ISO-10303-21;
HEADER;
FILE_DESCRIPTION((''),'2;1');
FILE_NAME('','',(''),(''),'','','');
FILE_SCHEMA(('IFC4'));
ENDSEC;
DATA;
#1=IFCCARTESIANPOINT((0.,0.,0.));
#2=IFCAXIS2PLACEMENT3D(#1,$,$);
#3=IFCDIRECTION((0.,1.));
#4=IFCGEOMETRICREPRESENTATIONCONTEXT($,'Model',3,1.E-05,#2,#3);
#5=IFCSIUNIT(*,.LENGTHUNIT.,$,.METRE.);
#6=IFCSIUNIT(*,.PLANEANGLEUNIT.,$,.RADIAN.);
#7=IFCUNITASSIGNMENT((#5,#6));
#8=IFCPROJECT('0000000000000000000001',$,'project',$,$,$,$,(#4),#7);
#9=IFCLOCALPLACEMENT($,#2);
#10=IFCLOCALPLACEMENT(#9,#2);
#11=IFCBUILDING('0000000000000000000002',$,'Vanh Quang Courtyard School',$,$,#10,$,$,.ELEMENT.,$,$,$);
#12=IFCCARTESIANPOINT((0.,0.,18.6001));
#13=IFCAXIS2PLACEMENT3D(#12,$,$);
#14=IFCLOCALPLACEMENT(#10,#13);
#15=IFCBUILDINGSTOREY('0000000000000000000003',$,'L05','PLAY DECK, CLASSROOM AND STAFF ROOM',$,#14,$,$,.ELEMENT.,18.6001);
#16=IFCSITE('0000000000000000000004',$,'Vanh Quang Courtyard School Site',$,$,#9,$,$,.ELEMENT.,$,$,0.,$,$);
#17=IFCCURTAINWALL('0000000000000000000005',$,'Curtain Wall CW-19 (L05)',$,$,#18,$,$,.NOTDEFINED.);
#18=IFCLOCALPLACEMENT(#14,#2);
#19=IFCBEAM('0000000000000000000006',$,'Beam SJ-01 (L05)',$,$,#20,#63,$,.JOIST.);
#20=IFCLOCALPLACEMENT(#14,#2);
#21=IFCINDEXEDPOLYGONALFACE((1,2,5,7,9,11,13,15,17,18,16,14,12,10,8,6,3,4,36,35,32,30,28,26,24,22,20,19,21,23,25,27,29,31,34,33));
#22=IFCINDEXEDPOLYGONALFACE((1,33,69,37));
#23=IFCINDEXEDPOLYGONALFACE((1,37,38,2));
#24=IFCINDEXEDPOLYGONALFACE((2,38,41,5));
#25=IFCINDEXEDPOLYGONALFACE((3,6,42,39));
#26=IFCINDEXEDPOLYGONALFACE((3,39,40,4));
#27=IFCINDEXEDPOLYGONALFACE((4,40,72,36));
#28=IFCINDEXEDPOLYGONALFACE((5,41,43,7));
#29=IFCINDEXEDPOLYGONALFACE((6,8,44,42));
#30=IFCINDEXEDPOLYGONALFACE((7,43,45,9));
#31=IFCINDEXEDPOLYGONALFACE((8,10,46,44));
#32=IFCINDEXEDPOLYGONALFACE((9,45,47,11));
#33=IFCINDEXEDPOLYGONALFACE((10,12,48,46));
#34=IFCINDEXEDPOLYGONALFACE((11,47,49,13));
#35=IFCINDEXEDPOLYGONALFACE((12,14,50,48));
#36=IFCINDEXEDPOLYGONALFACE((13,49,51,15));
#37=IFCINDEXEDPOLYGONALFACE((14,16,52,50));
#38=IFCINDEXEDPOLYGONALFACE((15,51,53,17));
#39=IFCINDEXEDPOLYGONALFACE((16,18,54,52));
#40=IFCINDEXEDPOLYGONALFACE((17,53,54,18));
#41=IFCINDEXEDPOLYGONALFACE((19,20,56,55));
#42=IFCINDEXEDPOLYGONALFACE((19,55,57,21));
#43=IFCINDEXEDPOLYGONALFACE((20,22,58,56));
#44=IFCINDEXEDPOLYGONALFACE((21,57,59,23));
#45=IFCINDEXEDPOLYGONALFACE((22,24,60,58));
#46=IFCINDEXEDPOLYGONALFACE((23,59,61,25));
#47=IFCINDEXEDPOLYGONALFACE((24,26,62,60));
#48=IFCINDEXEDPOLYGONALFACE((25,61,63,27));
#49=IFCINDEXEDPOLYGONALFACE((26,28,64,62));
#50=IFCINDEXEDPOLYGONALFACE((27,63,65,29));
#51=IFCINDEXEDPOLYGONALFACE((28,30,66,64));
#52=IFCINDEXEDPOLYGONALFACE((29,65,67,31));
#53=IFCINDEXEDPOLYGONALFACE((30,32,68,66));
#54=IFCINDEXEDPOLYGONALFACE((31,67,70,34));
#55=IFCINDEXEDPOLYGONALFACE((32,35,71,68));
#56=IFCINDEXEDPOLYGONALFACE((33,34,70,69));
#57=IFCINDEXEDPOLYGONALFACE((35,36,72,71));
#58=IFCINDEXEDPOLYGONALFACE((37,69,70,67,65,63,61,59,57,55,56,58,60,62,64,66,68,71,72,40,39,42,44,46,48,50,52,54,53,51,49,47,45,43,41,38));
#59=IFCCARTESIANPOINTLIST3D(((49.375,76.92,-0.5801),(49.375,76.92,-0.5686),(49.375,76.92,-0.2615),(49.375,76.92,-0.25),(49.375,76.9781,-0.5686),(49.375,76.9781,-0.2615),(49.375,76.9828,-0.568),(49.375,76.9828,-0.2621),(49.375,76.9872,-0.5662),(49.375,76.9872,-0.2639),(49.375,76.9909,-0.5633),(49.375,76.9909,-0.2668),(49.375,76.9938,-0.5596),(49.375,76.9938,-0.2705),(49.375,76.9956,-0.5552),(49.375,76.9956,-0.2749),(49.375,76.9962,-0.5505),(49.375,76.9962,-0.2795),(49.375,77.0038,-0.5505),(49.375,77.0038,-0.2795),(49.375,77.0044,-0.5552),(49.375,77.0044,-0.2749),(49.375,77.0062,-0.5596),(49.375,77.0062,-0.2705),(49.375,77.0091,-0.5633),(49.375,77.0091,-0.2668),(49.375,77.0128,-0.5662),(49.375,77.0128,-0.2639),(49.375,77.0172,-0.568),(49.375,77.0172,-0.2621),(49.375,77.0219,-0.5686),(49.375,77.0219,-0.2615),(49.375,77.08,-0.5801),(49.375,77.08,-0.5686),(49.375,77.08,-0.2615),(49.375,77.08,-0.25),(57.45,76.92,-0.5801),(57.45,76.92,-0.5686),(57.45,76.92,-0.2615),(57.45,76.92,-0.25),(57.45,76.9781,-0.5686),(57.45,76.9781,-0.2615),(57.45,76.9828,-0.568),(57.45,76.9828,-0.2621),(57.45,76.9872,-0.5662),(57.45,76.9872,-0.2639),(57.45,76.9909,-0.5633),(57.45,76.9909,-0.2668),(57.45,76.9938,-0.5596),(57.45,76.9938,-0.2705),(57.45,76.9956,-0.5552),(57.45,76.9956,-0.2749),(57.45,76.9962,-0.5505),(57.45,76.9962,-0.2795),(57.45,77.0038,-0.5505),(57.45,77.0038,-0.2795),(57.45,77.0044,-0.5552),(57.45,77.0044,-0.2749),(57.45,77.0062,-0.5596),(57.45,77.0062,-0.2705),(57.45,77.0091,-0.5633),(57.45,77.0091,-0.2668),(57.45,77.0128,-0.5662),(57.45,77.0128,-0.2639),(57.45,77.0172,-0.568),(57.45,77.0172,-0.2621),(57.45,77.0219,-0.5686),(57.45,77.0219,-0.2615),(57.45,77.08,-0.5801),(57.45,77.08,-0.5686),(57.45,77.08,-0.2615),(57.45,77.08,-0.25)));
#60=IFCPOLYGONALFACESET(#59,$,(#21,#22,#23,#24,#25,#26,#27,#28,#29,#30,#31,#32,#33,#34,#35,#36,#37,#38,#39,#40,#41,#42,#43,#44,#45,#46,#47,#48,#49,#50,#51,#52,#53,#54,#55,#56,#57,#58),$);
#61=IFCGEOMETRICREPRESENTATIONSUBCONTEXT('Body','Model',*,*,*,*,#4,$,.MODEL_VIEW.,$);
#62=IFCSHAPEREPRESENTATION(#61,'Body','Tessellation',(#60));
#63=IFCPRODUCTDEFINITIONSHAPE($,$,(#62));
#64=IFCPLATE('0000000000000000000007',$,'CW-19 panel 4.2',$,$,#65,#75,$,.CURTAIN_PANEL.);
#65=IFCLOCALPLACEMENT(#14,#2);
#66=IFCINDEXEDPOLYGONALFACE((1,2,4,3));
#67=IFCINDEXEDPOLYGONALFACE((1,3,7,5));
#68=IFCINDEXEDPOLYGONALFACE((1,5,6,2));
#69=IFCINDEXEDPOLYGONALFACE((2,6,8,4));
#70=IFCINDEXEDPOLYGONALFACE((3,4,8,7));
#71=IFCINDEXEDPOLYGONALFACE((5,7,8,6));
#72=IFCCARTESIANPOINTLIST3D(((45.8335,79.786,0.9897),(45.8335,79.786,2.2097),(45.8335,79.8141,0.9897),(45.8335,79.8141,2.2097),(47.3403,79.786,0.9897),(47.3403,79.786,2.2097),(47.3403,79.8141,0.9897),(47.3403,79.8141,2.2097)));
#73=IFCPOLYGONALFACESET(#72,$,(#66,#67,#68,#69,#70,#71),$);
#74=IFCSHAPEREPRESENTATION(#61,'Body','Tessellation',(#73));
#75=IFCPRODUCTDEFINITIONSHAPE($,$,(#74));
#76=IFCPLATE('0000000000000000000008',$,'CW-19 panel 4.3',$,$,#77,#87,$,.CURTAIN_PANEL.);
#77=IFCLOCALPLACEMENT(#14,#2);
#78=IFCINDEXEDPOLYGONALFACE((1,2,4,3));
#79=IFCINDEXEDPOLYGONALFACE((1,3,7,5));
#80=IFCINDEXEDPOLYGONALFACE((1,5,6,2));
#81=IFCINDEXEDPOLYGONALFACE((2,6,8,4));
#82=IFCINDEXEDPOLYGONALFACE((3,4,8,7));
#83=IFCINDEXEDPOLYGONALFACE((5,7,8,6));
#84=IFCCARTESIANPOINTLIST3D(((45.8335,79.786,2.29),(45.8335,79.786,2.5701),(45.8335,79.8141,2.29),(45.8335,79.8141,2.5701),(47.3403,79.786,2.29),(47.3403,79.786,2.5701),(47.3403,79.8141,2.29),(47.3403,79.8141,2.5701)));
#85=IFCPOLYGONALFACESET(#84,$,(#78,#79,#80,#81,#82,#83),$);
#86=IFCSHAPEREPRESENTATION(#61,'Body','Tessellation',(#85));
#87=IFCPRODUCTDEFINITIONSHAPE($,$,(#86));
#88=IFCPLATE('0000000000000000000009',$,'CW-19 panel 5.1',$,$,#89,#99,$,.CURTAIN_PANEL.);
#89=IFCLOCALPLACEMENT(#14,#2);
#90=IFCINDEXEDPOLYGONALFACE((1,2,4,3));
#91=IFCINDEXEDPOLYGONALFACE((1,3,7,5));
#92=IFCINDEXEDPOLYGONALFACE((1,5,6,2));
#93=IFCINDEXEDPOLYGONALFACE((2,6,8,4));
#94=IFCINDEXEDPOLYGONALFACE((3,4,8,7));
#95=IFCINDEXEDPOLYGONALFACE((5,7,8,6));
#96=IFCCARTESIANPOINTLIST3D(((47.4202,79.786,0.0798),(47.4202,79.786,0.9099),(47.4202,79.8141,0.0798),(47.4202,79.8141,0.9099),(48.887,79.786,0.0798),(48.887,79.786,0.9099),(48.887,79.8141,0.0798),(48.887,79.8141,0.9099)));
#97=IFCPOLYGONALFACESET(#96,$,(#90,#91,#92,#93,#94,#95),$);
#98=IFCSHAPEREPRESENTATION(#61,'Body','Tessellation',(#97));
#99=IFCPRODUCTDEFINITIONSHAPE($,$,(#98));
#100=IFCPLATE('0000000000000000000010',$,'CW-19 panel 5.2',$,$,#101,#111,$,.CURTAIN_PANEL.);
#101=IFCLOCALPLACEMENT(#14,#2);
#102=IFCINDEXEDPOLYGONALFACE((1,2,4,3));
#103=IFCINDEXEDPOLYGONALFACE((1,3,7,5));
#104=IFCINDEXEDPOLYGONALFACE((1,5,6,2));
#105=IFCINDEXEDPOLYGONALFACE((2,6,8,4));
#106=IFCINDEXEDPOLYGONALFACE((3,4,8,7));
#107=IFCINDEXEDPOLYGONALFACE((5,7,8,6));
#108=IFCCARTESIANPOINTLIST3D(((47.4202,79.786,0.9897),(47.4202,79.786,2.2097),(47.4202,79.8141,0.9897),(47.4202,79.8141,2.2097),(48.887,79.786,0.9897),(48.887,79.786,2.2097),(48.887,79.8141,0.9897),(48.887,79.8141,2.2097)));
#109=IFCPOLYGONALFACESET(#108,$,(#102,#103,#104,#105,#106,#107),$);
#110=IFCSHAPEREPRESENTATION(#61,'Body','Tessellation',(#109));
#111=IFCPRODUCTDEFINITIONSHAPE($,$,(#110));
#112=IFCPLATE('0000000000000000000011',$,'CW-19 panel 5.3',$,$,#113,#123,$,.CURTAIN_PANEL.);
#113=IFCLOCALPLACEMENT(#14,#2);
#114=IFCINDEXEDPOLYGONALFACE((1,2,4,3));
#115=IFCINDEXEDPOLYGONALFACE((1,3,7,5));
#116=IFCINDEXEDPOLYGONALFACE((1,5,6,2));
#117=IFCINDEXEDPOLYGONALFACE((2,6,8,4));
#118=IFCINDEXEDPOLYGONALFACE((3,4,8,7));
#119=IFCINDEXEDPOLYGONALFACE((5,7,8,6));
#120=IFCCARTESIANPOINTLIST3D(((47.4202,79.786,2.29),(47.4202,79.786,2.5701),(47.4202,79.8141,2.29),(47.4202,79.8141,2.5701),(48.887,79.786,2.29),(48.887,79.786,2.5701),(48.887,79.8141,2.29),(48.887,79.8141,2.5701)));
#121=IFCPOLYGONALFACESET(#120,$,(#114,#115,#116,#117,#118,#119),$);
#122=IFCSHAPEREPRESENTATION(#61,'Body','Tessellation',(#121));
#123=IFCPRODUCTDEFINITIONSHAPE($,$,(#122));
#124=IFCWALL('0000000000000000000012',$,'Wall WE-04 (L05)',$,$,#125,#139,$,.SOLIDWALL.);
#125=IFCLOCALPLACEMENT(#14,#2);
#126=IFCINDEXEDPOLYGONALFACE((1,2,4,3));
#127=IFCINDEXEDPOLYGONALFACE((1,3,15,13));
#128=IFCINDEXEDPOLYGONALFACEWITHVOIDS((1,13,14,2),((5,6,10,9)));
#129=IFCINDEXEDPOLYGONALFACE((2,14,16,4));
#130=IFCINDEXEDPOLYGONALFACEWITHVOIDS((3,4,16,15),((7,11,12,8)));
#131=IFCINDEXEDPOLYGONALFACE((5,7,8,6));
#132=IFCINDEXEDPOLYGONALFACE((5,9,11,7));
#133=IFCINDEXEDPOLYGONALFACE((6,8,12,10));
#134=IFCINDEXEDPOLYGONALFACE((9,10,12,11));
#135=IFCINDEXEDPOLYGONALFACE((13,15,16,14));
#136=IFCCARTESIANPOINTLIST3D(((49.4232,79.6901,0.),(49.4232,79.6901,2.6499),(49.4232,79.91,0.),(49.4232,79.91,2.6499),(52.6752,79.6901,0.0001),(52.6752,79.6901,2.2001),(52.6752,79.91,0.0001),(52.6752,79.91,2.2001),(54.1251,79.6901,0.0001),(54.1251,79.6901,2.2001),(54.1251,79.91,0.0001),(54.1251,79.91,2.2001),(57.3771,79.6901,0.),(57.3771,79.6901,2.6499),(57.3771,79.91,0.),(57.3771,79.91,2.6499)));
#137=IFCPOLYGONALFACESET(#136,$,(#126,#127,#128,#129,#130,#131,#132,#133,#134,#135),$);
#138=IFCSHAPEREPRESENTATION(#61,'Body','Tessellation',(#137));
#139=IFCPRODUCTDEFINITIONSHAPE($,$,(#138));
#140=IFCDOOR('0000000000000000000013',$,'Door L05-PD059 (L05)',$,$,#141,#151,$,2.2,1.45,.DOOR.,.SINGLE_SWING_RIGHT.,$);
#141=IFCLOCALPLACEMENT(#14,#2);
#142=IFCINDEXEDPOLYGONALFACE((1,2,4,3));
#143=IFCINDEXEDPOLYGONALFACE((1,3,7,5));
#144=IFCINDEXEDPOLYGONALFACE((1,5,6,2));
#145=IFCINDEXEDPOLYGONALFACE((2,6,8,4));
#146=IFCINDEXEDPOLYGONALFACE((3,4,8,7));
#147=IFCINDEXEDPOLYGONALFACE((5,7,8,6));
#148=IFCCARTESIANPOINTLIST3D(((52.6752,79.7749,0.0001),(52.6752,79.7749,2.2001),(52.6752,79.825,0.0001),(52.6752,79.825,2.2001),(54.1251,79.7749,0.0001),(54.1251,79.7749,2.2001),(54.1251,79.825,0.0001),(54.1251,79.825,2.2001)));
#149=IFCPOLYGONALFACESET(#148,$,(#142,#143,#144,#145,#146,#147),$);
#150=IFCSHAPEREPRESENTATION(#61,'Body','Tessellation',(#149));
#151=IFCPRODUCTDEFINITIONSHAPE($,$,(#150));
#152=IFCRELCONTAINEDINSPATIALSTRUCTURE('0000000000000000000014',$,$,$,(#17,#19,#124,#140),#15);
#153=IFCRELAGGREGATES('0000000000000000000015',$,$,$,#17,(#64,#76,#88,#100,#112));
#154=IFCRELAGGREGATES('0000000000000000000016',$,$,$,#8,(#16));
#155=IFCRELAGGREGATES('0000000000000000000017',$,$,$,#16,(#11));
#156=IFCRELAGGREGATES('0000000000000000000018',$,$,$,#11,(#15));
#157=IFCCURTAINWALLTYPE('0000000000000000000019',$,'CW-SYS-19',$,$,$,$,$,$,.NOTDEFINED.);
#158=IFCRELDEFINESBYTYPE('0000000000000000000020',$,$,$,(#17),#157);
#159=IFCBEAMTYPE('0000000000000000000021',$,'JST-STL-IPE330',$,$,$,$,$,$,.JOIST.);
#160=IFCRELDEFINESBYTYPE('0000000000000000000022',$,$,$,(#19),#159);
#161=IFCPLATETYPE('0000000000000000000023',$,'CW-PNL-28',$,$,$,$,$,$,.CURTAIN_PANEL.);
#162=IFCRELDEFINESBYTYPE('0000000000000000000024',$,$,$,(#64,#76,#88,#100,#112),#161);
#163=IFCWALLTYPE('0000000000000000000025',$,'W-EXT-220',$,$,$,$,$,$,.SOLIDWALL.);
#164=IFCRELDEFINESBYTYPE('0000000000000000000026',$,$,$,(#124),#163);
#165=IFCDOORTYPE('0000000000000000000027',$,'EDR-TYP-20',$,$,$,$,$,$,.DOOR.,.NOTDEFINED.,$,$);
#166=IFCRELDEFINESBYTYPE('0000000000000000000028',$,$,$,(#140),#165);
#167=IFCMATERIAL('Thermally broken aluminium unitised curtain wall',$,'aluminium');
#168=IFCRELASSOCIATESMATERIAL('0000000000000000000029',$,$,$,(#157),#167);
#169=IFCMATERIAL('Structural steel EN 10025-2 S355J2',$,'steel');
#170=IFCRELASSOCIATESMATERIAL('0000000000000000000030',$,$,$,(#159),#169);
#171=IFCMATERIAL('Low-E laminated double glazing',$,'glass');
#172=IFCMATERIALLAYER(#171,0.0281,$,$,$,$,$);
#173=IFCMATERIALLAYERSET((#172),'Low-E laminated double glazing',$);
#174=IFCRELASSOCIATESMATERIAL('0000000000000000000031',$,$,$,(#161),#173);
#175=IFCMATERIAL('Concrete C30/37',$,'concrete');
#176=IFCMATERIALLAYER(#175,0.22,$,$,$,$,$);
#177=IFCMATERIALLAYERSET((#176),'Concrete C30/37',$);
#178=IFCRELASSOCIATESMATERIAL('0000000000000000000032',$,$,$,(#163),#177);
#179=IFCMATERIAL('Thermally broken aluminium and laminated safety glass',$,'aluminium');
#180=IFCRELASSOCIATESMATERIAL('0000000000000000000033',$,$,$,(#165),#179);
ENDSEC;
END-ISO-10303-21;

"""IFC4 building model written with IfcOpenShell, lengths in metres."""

from ifc_helpers import new_model, si_unit, direction, frame, frame_2d, origin, origin_2d, place, context, subcontext, project, spatial, rectangle, i_section, extrude, material, layer, layer_set, material_profile, profile_set, type_object, element, fill, aggregate, save


model = new_model("IFC4")

# Units and contexts
model_context = context("Model", 3, precision=1e-05, world=origin(), true_north=direction((0.0, 1.0)))
body_context = subcontext(model_context, "Body", "Model", "MODEL_VIEW")
ifc_project = project(units=[si_unit("LENGTHUNIT", "METRE"), si_unit("PLANEANGLEUNIT", "RADIAN")], contexts=[model_context])

# Site, building, storey
site_placement = place(None, origin())
site = spatial("IfcSite", under=ifc_project, at=site_placement, Name="Vanh Quang Courtyard School Site", CompositionType="ELEMENT", RefElevation=0.0)
building_placement = place(site_placement, origin())
building = spatial("IfcBuilding", under=site, at=building_placement, Name="Vanh Quang Courtyard School", CompositionType="ELEMENT")
storey_placement = place(building_placement, frame((0.0, 0.0, 18.6001)))
storey = spatial("IfcBuildingStorey", under=building, at=storey_placement, Name="L05", Description="PLAY DECK, CLASSROOM AND STAFF ROOM", CompositionType="ELEMENT", Elevation=18.6001)

# Shared definitions
ifc_material_1 = material(Name="Thermally broken aluminium unitised curtain wall", Category="aluminium")
curtain_wall_type = type_object("IfcCurtainWallType", Name="CW-SYS-19", PredefinedType="NOTDEFINED", material=ifc_material_1)

# Curtain wall
curtain_wall_1_placement = place(storey_placement, origin())
curtain_wall_1 = element("IfcCurtainWall", 1, at=curtain_wall_1_placement, inside=storey, type_object=curtain_wall_type, Name="Curtain Wall CW-19 (L05)", PredefinedType="NOTDEFINED")

# Beam
ifc_material_2 = material(Name="Structural steel EN 10025-2 S355J2", Category="steel")
ifc_material_profile_1 = material_profile(ifc_material_2, i_section(OverallWidth=0.1599, OverallDepth=0.3301, WebThickness=0.0076, FlangeThickness=0.0115, FilletRadius=0.0181, at=origin_2d()), Name="IPE 330")
ifc_profile_set_1 = profile_set([ifc_material_profile_1], Name="Structural steel EN 10025-2 S355J2")
beam_type_1 = type_object("IfcBeamType", Name="JST-STL-IPE330", PredefinedType="JOIST", material=ifc_profile_set_1)
for number, where, z_axis, x_axis, name in (
    (2, (49.375, 77.0, -0.415), (1.0, 0.0, 0.0), (0.0, 1.0, 0.0), "Beam SJ-01 (L05)"),
):
    element("IfcBeam", number, at=place(storey_placement, frame(where, z_axis=z_axis, x_axis=x_axis)), inside=storey, type_object=beam_type_1, Name=name, PredefinedType="JOIST", context=body_context, shape_type="SweptSolid", body=[
        extrude(i_section(OverallWidth=0.1599, OverallDepth=0.3301, WebThickness=0.0076, FlangeThickness=0.0115, FilletRadius=0.0181, at=origin_2d()), origin(), (0.0, 0.0, 1.0), 8.075),
    ])

# Plates
ifc_material_3 = material(Name="Low-E laminated double glazing", Category="glass")
ifc_layer_1 = layer(ifc_material_3, 0.0281)
ifc_layer_set_1 = layer_set([ifc_layer_1], Name="Low-E laminated double glazing")
plate_type = type_object("IfcPlateType", Name="CW-PNL-28", PredefinedType="CURTAIN_PANEL", material=ifc_layer_set_1)
plate_1_placement = place(storey_placement, frame((46.5869, 79.8, 0.9897), z_axis=(0.0, 0.0, 1.0), x_axis=(1.0, 0.0, 0.0)))
plate_1 = element("IfcPlate", 3, at=plate_1_placement, type_object=plate_type, Name="CW-19 panel 4.2", PredefinedType="CURTAIN_PANEL", context=body_context, shape_type="SweptSolid", body=[
    extrude(rectangle(XDim=1.5068, YDim=0.0281, at=origin_2d()), origin(), (0.0, 0.0, 1.0), 1.22),
])
plate_2_placement = place(storey_placement, frame((46.5869, 79.8, 2.29), z_axis=(0.0, 0.0, 1.0), x_axis=(1.0, 0.0, 0.0)))
plate_2 = element("IfcPlate", 4, at=plate_2_placement, type_object=plate_type, Name="CW-19 panel 4.3", PredefinedType="CURTAIN_PANEL", context=body_context, shape_type="SweptSolid", body=[
    extrude(rectangle(XDim=1.5068, YDim=0.0281, at=origin_2d()), origin(), (0.0, 0.0, 1.0), 0.28),
])
plate_3_placement = place(storey_placement, frame((48.1536, 79.8, 0.0798), z_axis=(0.0, 0.0, 1.0), x_axis=(1.0, 0.0, 0.0)))
plate_3 = element("IfcPlate", 5, at=plate_3_placement, type_object=plate_type, Name="CW-19 panel 5.1", PredefinedType="CURTAIN_PANEL", context=body_context, shape_type="SweptSolid", body=[
    extrude(rectangle(XDim=1.4668, YDim=0.0281, at=origin_2d()), origin(), (0.0, 0.0, 1.0), 0.8301),
])
plate_4_placement = place(storey_placement, frame((48.1536, 79.8, 0.9897), z_axis=(0.0, 0.0, 1.0), x_axis=(1.0, 0.0, 0.0)))
plate_4 = element("IfcPlate", 6, at=plate_4_placement, type_object=plate_type, Name="CW-19 panel 5.2", PredefinedType="CURTAIN_PANEL", context=body_context, shape_type="SweptSolid", body=[
    extrude(rectangle(XDim=1.4668, YDim=0.0281, at=origin_2d()), origin(), (0.0, 0.0, 1.0), 1.22),
])
plate_5_placement = place(storey_placement, frame((48.1536, 79.8, 2.29), z_axis=(0.0, 0.0, 1.0), x_axis=(1.0, 0.0, 0.0)))
plate_5 = element("IfcPlate", 7, at=plate_5_placement, type_object=plate_type, Name="CW-19 panel 5.3", PredefinedType="CURTAIN_PANEL", context=body_context, shape_type="SweptSolid", body=[
    extrude(rectangle(XDim=1.4668, YDim=0.0281, at=origin_2d()), origin(), (0.0, 0.0, 1.0), 0.28),
])
aggregate(curtain_wall_1, [plate_1, plate_2, plate_3, plate_4, plate_5])

# Wall, opening, door
ifc_material_4 = material(Name="Concrete C30/37", Category="concrete")
ifc_layer_2 = layer(ifc_material_4, 0.22)
ifc_layer_set_2 = layer_set([ifc_layer_2], Name="Concrete C30/37")
wall_type = type_object("IfcWallType", Name="W-EXT-220", PredefinedType="SOLIDWALL", material=ifc_layer_set_2)
wall_placement = place(storey_placement, frame((49.4231, 79.8, 0.0), z_axis=(0.0, 0.0, 1.0), x_axis=(1.0, 0.0, 0.0)))
wall = element("IfcWall", 8, at=wall_placement, inside=storey, type_object=wall_type, Name="Wall WE-04 (L05)", PredefinedType="SOLIDWALL", context=body_context, shape_type="SweptSolid", body=[
    extrude(rectangle(XDim=7.9539, YDim=0.22, at=frame_2d((3.9771, 0.0))), origin(), (0.0, 0.0, 1.0), 2.6499),
])
opening_placement = place(wall_placement, frame((3.252, 0.0, 0.0)))
opening = element("IfcOpeningElement", 9, at=opening_placement, cuts=wall, PredefinedType="OPENING", context=body_context, shape_type="SweptSolid", body=[
    extrude(rectangle(XDim=1.45, YDim=2.2, at=frame_2d((0.7251, 1.1001))), frame((0.0, 0.1201, 0.0), z_axis=(0.0, -1.0, 0.0), x_axis=(1.0, 0.0, 0.0)), (0.0, 0.0, 1.0), 0.24),
])
ifc_material_5 = material(Name="Thermally broken aluminium and laminated safety glass", Category="aluminium")
door_type = type_object("IfcDoorType", Name="EDR-TYP-20", OperationType="NOTDEFINED", PredefinedType="DOOR", material=ifc_material_5)
door_placement = place(opening_placement, origin())
door = element("IfcDoor", 10, at=door_placement, inside=storey, type_object=door_type, Name="Door L05-PD059 (L05)", OperationType="SINGLE_SWING_RIGHT", OverallHeight=2.2, OverallWidth=1.45, PredefinedType="DOOR", context=body_context, shape_type="SweptSolid", body=[
    extrude(rectangle(XDim=1.45, YDim=2.2, at=frame_2d((0.7251, 1.1001))), frame((0.0, 0.0249, 0.0), z_axis=(0.0, -1.0, 0.0), x_axis=(1.0, 0.0, 0.0)), (0.0, 0.0, 1.0), 0.05),
])
fill(opening, door)

save(model, "model.ifc")
